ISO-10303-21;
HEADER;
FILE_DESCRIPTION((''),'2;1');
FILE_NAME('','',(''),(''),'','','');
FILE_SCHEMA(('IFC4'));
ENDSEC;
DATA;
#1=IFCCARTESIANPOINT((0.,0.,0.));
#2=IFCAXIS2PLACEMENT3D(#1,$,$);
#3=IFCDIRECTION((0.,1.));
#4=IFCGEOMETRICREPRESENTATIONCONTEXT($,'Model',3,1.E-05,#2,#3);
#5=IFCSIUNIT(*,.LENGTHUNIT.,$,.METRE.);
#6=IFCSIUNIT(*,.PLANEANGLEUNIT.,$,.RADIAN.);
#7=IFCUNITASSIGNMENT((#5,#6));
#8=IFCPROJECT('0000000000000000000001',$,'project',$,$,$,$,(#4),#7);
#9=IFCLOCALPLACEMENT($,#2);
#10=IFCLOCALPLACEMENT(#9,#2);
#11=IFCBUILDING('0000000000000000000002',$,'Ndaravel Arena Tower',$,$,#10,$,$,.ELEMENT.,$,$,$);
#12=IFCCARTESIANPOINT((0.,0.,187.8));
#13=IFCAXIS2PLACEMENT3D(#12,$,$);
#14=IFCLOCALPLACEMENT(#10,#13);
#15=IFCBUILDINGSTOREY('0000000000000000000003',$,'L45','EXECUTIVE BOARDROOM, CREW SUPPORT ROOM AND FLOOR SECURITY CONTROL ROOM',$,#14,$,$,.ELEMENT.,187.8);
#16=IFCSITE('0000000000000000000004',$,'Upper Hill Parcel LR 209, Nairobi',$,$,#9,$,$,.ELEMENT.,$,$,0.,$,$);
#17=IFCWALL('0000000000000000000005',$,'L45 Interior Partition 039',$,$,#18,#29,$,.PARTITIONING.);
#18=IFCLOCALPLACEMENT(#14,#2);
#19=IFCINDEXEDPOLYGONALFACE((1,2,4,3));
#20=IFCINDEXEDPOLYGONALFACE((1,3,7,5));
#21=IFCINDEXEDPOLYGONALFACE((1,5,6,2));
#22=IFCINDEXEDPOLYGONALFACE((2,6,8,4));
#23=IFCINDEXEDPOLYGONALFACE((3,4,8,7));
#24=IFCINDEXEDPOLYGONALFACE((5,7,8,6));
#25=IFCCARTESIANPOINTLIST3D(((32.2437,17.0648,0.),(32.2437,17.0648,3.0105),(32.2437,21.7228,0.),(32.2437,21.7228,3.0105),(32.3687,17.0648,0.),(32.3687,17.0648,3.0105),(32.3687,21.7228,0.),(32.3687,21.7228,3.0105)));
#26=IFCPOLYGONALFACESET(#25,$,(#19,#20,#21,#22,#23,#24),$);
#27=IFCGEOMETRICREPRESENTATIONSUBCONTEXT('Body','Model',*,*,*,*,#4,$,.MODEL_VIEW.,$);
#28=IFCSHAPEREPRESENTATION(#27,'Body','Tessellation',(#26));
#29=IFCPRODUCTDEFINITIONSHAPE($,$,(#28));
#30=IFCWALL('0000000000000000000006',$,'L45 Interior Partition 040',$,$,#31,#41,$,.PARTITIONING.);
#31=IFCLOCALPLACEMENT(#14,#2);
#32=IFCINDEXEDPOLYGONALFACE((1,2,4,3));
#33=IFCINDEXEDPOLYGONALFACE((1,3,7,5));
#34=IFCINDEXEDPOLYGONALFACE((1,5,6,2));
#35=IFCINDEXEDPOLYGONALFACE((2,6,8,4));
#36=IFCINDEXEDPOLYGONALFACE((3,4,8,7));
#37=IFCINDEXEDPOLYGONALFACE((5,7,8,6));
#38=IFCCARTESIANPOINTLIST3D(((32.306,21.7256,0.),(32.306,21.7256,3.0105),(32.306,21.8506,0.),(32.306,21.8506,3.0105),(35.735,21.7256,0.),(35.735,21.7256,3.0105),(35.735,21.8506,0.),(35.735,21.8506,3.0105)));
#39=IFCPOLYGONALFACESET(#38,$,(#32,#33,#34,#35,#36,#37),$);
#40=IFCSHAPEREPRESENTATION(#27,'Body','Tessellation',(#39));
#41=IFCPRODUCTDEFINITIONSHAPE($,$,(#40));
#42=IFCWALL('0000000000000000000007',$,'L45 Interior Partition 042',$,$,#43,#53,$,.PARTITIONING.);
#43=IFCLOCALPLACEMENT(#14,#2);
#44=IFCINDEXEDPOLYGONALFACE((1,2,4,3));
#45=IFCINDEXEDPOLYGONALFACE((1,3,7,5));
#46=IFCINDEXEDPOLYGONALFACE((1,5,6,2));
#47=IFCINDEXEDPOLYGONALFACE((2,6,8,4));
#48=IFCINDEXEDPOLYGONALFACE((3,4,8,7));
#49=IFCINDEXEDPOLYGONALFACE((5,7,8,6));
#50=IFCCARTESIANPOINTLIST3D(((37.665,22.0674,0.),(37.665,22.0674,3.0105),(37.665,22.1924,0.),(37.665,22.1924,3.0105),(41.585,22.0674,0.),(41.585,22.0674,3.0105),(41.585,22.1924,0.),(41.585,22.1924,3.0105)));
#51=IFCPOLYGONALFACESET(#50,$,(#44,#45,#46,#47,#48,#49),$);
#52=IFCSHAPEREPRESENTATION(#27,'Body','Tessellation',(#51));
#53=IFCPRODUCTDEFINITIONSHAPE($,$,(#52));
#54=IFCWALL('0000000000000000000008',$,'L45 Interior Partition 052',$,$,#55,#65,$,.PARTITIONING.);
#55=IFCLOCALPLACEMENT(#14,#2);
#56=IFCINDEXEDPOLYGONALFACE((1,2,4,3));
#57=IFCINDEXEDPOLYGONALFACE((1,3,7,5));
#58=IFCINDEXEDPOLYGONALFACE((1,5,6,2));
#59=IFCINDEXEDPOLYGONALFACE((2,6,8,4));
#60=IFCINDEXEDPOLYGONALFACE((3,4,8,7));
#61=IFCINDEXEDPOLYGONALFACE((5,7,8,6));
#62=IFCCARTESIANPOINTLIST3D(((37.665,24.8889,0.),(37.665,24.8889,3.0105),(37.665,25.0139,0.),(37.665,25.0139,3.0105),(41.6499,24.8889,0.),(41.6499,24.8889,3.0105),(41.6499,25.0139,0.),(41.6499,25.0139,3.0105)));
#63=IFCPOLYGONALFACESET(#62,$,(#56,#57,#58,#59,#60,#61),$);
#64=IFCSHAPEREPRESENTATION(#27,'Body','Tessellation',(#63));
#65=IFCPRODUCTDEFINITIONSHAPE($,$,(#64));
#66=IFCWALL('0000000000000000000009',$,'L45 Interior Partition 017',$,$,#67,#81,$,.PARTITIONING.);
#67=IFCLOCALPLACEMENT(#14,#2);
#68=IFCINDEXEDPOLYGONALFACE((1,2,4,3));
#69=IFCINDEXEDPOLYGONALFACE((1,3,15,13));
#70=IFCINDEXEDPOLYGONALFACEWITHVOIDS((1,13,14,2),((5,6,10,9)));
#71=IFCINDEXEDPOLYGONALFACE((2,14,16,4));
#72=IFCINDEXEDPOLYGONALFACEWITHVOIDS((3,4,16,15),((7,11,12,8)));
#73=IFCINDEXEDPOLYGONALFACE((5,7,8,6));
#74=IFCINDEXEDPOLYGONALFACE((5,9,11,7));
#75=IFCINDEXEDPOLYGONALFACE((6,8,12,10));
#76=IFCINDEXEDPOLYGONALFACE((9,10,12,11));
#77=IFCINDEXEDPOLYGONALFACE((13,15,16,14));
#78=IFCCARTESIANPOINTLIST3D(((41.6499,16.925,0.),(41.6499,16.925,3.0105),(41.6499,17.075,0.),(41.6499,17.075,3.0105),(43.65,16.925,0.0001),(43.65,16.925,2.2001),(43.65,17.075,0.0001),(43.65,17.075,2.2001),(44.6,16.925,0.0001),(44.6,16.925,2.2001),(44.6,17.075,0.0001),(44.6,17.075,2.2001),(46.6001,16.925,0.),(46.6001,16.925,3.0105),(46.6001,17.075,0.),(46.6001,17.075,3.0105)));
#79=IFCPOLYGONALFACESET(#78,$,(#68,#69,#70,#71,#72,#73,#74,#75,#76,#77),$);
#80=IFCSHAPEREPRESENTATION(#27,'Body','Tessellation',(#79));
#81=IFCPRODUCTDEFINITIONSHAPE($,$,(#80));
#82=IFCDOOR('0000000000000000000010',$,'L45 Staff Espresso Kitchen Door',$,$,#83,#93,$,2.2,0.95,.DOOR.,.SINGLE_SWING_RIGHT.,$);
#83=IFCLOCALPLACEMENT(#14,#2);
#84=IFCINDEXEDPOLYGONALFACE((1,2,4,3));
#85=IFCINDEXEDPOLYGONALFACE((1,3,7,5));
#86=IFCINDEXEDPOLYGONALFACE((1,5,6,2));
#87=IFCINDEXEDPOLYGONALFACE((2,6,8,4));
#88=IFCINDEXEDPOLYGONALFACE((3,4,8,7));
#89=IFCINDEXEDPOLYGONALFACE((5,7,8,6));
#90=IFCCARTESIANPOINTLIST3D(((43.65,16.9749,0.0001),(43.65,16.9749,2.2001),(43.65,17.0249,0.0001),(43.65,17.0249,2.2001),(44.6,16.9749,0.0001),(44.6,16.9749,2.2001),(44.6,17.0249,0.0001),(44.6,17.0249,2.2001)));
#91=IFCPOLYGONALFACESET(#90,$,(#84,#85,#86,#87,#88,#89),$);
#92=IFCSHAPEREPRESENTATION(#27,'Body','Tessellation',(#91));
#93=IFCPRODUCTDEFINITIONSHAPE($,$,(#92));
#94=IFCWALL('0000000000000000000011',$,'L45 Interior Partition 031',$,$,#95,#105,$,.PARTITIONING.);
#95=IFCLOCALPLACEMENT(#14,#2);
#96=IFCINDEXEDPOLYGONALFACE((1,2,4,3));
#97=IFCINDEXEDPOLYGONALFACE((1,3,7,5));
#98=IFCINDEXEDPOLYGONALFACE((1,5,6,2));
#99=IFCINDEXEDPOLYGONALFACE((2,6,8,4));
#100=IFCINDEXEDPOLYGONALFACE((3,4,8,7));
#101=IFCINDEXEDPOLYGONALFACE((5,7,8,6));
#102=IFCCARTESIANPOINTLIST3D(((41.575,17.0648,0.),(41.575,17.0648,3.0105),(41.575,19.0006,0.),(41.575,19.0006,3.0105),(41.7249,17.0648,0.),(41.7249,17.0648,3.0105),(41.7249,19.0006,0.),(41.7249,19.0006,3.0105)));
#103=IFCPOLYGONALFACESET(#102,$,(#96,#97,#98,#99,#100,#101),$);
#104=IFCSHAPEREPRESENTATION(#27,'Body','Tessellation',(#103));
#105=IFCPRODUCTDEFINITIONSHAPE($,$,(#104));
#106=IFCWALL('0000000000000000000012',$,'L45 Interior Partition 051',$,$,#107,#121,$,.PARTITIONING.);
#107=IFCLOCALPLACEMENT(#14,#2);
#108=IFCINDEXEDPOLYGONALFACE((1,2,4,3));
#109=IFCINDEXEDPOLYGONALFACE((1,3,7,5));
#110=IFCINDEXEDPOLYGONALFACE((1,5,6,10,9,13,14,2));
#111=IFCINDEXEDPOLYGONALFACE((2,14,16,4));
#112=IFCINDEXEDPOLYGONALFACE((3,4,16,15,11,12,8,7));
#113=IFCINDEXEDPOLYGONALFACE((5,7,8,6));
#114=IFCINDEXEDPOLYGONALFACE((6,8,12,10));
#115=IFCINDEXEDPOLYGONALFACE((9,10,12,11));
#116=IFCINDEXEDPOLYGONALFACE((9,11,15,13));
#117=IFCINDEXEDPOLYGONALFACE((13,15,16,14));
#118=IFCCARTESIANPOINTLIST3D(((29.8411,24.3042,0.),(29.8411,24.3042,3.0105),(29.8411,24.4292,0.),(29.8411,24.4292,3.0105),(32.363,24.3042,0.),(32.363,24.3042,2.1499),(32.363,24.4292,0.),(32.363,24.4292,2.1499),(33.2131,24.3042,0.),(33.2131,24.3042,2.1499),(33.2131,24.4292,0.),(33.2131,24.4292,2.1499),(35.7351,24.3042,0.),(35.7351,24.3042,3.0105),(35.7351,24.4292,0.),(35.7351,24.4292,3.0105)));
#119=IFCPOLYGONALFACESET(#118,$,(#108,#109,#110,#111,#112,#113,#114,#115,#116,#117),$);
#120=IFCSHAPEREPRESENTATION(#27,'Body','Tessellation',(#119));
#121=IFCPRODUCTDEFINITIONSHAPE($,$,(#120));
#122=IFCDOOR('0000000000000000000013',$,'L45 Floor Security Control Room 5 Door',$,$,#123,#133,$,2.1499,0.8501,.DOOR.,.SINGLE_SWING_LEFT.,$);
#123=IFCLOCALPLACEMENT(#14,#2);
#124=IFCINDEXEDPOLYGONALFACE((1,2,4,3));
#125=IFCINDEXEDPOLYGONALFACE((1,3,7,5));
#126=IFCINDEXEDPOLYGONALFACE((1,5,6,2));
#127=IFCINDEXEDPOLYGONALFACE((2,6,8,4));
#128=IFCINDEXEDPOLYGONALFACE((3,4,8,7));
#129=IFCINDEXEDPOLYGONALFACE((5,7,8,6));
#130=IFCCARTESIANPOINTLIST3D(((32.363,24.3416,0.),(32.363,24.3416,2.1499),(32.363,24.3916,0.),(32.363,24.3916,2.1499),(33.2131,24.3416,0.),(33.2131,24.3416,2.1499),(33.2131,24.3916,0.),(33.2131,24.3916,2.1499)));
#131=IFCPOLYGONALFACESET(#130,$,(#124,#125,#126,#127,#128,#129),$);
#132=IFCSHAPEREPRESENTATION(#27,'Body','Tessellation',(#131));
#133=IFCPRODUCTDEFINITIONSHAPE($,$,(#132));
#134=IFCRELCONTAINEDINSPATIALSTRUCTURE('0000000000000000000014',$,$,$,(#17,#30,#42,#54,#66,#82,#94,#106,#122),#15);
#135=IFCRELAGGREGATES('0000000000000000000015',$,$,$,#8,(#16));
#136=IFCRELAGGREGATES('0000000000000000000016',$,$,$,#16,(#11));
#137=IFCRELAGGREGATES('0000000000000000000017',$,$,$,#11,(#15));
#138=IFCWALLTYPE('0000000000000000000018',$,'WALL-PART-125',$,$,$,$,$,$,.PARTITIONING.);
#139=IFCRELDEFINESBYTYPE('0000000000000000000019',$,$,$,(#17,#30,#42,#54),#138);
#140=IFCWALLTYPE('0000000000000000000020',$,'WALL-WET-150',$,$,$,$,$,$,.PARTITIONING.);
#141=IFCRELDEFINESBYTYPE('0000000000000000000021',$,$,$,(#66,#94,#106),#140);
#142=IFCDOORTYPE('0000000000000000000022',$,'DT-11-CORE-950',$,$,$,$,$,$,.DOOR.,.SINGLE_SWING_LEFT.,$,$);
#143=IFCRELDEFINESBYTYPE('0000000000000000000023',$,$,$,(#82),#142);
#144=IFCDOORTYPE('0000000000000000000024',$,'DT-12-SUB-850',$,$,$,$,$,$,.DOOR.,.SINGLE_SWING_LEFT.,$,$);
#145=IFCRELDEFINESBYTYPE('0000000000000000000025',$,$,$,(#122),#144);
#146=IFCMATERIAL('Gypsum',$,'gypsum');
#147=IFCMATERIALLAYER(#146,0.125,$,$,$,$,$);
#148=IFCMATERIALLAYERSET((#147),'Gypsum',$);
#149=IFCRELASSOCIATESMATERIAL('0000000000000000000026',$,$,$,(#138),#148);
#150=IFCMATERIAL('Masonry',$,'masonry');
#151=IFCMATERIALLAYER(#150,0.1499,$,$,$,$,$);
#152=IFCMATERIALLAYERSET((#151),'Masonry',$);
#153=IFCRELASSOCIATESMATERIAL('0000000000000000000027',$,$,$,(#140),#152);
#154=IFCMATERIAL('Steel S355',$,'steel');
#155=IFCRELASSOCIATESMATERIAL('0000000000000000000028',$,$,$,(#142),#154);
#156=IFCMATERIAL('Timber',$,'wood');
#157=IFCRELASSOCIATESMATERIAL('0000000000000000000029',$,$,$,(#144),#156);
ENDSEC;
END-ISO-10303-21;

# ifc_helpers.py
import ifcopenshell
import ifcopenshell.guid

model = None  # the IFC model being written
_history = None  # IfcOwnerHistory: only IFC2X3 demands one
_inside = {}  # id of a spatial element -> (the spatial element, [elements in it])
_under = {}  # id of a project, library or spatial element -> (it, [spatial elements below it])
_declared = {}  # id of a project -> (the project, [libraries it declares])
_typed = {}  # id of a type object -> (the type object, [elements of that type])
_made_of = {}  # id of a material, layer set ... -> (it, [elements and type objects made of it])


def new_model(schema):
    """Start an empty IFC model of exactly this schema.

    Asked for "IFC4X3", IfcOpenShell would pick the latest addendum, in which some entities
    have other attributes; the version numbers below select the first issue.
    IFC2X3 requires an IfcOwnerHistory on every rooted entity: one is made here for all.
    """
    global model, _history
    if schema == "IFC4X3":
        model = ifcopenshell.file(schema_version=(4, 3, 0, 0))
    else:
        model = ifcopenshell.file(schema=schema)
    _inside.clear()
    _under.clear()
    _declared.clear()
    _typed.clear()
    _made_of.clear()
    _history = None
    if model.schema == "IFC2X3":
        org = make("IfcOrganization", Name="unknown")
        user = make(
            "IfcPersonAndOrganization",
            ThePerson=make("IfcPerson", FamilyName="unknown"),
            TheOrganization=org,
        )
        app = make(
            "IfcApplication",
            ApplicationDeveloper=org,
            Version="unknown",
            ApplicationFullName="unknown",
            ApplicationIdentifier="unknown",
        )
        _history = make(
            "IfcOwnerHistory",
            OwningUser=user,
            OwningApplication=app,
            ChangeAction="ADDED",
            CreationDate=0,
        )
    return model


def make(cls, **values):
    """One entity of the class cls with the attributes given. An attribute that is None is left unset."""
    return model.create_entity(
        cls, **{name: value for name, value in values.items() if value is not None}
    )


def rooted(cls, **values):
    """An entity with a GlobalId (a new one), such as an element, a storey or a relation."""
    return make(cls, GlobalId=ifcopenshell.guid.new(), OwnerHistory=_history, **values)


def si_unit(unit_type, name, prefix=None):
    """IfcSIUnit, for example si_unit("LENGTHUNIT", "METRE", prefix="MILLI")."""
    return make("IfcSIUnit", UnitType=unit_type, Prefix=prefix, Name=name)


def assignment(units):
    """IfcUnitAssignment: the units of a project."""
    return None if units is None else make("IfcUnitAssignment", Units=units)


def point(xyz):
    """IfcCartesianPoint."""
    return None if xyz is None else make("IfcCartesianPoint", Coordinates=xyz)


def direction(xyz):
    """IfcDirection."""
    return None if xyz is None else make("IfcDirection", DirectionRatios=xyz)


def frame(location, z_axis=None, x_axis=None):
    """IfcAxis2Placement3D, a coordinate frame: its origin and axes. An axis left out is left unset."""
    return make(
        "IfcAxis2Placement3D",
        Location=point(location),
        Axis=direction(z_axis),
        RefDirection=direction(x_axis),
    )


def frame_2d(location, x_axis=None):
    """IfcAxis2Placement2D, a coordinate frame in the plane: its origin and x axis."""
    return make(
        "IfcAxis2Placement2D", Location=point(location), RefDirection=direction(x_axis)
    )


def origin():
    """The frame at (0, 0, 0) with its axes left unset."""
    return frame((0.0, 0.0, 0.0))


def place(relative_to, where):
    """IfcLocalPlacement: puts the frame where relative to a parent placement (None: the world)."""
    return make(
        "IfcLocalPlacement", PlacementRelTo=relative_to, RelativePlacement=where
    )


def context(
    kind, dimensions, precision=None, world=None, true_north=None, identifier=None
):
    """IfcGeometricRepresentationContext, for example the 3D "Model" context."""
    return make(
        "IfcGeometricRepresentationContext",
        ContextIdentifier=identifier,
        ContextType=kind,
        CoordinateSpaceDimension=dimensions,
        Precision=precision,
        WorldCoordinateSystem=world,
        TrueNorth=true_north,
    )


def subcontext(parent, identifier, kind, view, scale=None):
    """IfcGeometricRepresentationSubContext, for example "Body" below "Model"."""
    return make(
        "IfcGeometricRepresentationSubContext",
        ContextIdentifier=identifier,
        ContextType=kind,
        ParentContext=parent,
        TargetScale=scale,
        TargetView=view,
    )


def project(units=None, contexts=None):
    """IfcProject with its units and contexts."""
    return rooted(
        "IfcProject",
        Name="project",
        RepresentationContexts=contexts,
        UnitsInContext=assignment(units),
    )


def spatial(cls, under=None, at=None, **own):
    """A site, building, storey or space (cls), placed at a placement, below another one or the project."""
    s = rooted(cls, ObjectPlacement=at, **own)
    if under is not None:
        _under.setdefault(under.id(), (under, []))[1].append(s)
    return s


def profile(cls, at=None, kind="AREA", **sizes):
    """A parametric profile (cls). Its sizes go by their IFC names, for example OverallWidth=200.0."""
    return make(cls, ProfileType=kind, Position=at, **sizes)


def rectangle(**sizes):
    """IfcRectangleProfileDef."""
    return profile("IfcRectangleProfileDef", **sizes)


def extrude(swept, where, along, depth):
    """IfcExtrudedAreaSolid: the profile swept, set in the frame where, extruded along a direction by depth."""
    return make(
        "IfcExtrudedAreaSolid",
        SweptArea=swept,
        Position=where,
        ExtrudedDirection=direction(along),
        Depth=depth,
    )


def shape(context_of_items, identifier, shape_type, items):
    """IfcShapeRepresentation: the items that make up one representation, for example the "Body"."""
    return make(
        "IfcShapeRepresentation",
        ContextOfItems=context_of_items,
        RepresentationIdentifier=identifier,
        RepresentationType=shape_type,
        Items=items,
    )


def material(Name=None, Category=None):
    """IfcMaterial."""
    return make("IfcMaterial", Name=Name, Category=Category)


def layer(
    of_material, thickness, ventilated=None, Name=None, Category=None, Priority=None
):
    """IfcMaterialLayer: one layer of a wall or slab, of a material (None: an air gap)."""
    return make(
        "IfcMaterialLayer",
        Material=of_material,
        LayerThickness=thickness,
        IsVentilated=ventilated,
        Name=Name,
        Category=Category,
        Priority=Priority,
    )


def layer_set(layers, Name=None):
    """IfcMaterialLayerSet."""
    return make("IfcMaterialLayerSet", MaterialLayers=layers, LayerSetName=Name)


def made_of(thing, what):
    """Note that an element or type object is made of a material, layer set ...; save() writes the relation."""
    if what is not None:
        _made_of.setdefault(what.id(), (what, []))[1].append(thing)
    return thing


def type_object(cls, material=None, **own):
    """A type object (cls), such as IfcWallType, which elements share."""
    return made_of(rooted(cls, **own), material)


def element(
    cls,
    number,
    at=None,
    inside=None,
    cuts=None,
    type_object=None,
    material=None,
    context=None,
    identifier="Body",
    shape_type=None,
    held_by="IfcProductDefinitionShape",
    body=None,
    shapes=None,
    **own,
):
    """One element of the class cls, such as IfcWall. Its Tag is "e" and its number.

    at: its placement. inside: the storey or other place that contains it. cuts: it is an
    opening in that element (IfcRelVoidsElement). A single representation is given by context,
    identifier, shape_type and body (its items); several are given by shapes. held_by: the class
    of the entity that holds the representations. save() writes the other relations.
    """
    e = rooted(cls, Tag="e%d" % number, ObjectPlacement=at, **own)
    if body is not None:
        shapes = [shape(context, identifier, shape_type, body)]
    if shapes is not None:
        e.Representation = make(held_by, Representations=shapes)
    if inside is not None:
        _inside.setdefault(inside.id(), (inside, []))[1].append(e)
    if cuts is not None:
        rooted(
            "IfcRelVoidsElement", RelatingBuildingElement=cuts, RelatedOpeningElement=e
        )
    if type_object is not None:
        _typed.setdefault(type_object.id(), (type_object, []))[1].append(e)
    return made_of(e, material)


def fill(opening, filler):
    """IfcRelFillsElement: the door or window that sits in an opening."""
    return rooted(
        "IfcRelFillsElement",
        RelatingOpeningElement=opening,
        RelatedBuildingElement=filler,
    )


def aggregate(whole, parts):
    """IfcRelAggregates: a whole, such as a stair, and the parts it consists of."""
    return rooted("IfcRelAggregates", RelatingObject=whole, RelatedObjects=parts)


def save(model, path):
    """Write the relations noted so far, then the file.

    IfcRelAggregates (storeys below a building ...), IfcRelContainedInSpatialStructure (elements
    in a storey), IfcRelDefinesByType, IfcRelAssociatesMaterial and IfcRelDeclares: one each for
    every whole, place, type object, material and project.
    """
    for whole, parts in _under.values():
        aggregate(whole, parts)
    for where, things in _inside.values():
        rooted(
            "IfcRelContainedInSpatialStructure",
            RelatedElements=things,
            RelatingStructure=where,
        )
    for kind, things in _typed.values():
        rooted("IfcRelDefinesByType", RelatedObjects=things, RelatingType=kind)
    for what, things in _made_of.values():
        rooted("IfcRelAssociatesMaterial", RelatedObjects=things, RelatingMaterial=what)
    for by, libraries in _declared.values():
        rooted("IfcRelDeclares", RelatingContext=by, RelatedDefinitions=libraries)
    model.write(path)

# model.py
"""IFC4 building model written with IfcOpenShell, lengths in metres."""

from ifc_helpers import new_model, si_unit, direction, frame, frame_2d, origin, place, context, subcontext, project, spatial, rectangle, extrude, material, layer, layer_set, type_object, element, fill, save


model = new_model("IFC4")

# Units and contexts
model_context = context("Model", 3, precision=1e-05, world=origin(), true_north=direction((0.0, 1.0)))
body_context = subcontext(model_context, "Body", "Model", "MODEL_VIEW")
ifc_project = project(units=[si_unit("LENGTHUNIT", "METRE"), si_unit("PLANEANGLEUNIT", "RADIAN")], contexts=[model_context])

# Site, building, storey
site_placement = place(None, origin())
site = spatial("IfcSite", under=ifc_project, at=site_placement, Name="Upper Hill Parcel LR 209, Nairobi", CompositionType="ELEMENT", RefElevation=0.0)
building_placement = place(site_placement, origin())
building = spatial("IfcBuilding", under=site, at=building_placement, Name="Ndaravel Arena Tower", CompositionType="ELEMENT")
storey_placement = place(building_placement, frame((0.0, 0.0, 187.8)))
storey = spatial("IfcBuildingStorey", under=building, at=storey_placement, Name="L45", Description="EXECUTIVE BOARDROOM, CREW SUPPORT ROOM AND FLOOR SECURITY CONTROL ROOM", CompositionType="ELEMENT", Elevation=187.8)

# Shared definitions
ifc_material_1 = material(Name="Gypsum", Category="gypsum")
ifc_layer_1 = layer(ifc_material_1, 0.125)
ifc_layer_set_1 = layer_set([ifc_layer_1], Name="Gypsum")
wall_type_1 = type_object("IfcWallType", Name="WALL-PART-125", PredefinedType="PARTITIONING", material=ifc_layer_set_1)

# Walls
wall_1_placement = place(storey_placement, frame((32.3062, 21.7229, 0.0), z_axis=(0.0, 0.0, 1.0), x_axis=(0.0, -1.0, 0.0)))
element("IfcWall", 1, at=wall_1_placement, inside=storey, type_object=wall_type_1, Name="L45 Interior Partition 039", PredefinedType="PARTITIONING", context=body_context, shape_type="SweptSolid", body=[
    extrude(rectangle(XDim=4.658, YDim=0.125, at=frame_2d((2.3291, 0.0))), origin(), (0.0, 0.0, 1.0), 3.0105),
])
wall_2_placement = place(storey_placement, frame((32.3062, 21.7881, 0.0), z_axis=(0.0, 0.0, 1.0), x_axis=(1.0, 0.0, 0.0)))
element("IfcWall", 2, at=wall_2_placement, inside=storey, type_object=wall_type_1, Name="L45 Interior Partition 040", PredefinedType="PARTITIONING", context=body_context, shape_type="SweptSolid", body=[
    extrude(rectangle(XDim=3.429, YDim=0.125, at=frame_2d((1.7144, 0.0))), origin(), (0.0, 0.0, 1.0), 3.0105),
])
wall_3_placement = place(storey_placement, frame((37.665, 22.1299, 0.0), z_axis=(0.0, 0.0, 1.0), x_axis=(1.0, 0.0, 0.0)))
element("IfcWall", 3, at=wall_3_placement, inside=storey, type_object=wall_type_1, Name="L45 Interior Partition 042", PredefinedType="PARTITIONING", context=body_context, shape_type="SweptSolid", body=[
    extrude(rectangle(XDim=3.9199, YDim=0.125, at=frame_2d((1.96, 0.0))), origin(), (0.0, 0.0, 1.0), 3.0105),
])
wall_4_placement = place(storey_placement, frame((37.665, 24.9514, 0.0), z_axis=(0.0, 0.0, 1.0), x_axis=(1.0, 0.0, 0.0)))
element("IfcWall", 4, at=wall_4_placement, inside=storey, type_object=wall_type_1, Name="L45 Interior Partition 052", PredefinedType="PARTITIONING", context=body_context, shape_type="SweptSolid", body=[
    extrude(rectangle(XDim=3.9849, YDim=0.125, at=frame_2d((1.9924, 0.0))), origin(), (0.0, 0.0, 1.0), 3.0105),
])

# Wall, opening, door
ifc_material_2 = material(Name="Masonry", Category="masonry")
ifc_layer_2 = layer(ifc_material_2, 0.1499)
ifc_layer_set_2 = layer_set([ifc_layer_2], Name="Masonry")
wall_type_2 = type_object("IfcWallType", Name="WALL-WET-150", PredefinedType="PARTITIONING", material=ifc_layer_set_2)
wall_5_placement = place(storey_placement, frame((41.6499, 17.0, 0.0), z_axis=(0.0, 0.0, 1.0), x_axis=(1.0, 0.0, 0.0)))
wall_5 = element("IfcWall", 5, at=wall_5_placement, inside=storey, type_object=wall_type_2, Name="L45 Interior Partition 017", PredefinedType="PARTITIONING", context=body_context, shape_type="SweptSolid", body=[
    extrude(rectangle(XDim=4.9502, YDim=0.1499, at=frame_2d((2.4751, 0.0))), origin(), (0.0, 0.0, 1.0), 3.0105),
])
opening_1_placement = place(wall_5_placement, frame((2.0, 0.0, 0.0)))
opening_1 = element("IfcOpeningElement", 6, at=opening_1_placement, cuts=wall_5, PredefinedType="OPENING", context=body_context, shape_type="SweptSolid", body=[
    extrude(rectangle(XDim=0.95, YDim=2.2, at=frame_2d((0.4751, 1.1001))), frame((0.0, 0.075, 0.0), z_axis=(0.0, -1.0, 0.0), x_axis=(1.0, 0.0, 0.0)), (0.0, 0.0, 1.0), 0.1499),
])
ifc_material_3 = material(Name="Steel S355", Category="steel")
door_type_1 = type_object("IfcDoorType", Name="DT-11-CORE-950", OperationType="SINGLE_SWING_LEFT", PredefinedType="DOOR", material=ifc_material_3)
door_1_placement = place(opening_1_placement, origin())
door_1 = element("IfcDoor", 7, at=door_1_placement, inside=storey, type_object=door_type_1, Name="L45 Staff Espresso Kitchen Door", OperationType="SINGLE_SWING_RIGHT", OverallHeight=2.2, OverallWidth=0.95, PredefinedType="DOOR", context=body_context, shape_type="SweptSolid", body=[
    extrude(rectangle(XDim=0.95, YDim=2.2, at=frame_2d((0.4751, 1.1001))), frame((0.0, 0.0249, 0.0), z_axis=(0.0, -1.0, 0.0), x_axis=(1.0, 0.0, 0.0)), (0.0, 0.0, 1.0), 0.05),
])
fill(opening_1, door_1)

# Wall
wall_6_placement = place(storey_placement, frame((41.6499, 17.0649, 0.0), z_axis=(0.0, 0.0, 1.0), x_axis=(0.0, 1.0, 0.0)))
element("IfcWall", 8, at=wall_6_placement, inside=storey, type_object=wall_type_2, Name="L45 Interior Partition 031", PredefinedType="PARTITIONING", context=body_context, shape_type="SweptSolid", body=[
    extrude(rectangle(XDim=1.9358, YDim=0.1499, at=frame_2d((0.9678, 0.0))), origin(), (0.0, 0.0, 1.0), 3.0105),
])

# Wall, opening, door
wall_7_placement = place(storey_placement, frame((29.8411, 24.3667, 0.0), z_axis=(0.0, 0.0, 1.0), x_axis=(1.0, 0.0, 0.0)))
wall_7 = element("IfcWall", 9, at=wall_7_placement, inside=storey, type_object=wall_type_2, Name="L45 Interior Partition 051", PredefinedType="PARTITIONING", context=body_context, shape_type="SweptSolid", body=[
    extrude(rectangle(XDim=5.894, YDim=0.125, at=frame_2d((2.947, 0.0))), origin(), (0.0, 0.0, 1.0), 3.0105),
])
opening_2_placement = place(wall_7_placement, frame((2.522, 0.0, 0.0)))
opening_2 = element("IfcOpeningElement", 10, at=opening_2_placement, cuts=wall_7, PredefinedType="OPENING", context=body_context, shape_type="SweptSolid", body=[
    extrude(rectangle(XDim=0.8501, YDim=2.1499, at=frame_2d((0.425, 1.075))), frame((0.0, 0.0625, 0.0), z_axis=(0.0, -1.0, 0.0), x_axis=(1.0, 0.0, 0.0)), (0.0, 0.0, 1.0), 0.125),
])
ifc_material_4 = material(Name="Timber", Category="wood")
door_type_2 = type_object("IfcDoorType", Name="DT-12-SUB-850", OperationType="SINGLE_SWING_LEFT", PredefinedType="DOOR", material=ifc_material_4)
door_2_placement = place(opening_2_placement, origin())
door_2 = element("IfcDoor", 11, at=door_2_placement, inside=storey, type_object=door_type_2, Name="L45 Floor Security Control Room 5 Door", OperationType="SINGLE_SWING_LEFT", OverallHeight=2.1499, OverallWidth=0.8501, PredefinedType="DOOR", context=body_context, shape_type="SweptSolid", body=[
    extrude(rectangle(XDim=0.8501, YDim=2.1499, at=frame_2d((0.425, 1.075))), frame((0.0, 0.0249, 0.0), z_axis=(0.0, -1.0, 0.0), x_axis=(1.0, 0.0, 0.0)), (0.0, 0.0, 1.0), 0.05),
])
fill(opening_2, door_2)

save(model, "model.ifc")
